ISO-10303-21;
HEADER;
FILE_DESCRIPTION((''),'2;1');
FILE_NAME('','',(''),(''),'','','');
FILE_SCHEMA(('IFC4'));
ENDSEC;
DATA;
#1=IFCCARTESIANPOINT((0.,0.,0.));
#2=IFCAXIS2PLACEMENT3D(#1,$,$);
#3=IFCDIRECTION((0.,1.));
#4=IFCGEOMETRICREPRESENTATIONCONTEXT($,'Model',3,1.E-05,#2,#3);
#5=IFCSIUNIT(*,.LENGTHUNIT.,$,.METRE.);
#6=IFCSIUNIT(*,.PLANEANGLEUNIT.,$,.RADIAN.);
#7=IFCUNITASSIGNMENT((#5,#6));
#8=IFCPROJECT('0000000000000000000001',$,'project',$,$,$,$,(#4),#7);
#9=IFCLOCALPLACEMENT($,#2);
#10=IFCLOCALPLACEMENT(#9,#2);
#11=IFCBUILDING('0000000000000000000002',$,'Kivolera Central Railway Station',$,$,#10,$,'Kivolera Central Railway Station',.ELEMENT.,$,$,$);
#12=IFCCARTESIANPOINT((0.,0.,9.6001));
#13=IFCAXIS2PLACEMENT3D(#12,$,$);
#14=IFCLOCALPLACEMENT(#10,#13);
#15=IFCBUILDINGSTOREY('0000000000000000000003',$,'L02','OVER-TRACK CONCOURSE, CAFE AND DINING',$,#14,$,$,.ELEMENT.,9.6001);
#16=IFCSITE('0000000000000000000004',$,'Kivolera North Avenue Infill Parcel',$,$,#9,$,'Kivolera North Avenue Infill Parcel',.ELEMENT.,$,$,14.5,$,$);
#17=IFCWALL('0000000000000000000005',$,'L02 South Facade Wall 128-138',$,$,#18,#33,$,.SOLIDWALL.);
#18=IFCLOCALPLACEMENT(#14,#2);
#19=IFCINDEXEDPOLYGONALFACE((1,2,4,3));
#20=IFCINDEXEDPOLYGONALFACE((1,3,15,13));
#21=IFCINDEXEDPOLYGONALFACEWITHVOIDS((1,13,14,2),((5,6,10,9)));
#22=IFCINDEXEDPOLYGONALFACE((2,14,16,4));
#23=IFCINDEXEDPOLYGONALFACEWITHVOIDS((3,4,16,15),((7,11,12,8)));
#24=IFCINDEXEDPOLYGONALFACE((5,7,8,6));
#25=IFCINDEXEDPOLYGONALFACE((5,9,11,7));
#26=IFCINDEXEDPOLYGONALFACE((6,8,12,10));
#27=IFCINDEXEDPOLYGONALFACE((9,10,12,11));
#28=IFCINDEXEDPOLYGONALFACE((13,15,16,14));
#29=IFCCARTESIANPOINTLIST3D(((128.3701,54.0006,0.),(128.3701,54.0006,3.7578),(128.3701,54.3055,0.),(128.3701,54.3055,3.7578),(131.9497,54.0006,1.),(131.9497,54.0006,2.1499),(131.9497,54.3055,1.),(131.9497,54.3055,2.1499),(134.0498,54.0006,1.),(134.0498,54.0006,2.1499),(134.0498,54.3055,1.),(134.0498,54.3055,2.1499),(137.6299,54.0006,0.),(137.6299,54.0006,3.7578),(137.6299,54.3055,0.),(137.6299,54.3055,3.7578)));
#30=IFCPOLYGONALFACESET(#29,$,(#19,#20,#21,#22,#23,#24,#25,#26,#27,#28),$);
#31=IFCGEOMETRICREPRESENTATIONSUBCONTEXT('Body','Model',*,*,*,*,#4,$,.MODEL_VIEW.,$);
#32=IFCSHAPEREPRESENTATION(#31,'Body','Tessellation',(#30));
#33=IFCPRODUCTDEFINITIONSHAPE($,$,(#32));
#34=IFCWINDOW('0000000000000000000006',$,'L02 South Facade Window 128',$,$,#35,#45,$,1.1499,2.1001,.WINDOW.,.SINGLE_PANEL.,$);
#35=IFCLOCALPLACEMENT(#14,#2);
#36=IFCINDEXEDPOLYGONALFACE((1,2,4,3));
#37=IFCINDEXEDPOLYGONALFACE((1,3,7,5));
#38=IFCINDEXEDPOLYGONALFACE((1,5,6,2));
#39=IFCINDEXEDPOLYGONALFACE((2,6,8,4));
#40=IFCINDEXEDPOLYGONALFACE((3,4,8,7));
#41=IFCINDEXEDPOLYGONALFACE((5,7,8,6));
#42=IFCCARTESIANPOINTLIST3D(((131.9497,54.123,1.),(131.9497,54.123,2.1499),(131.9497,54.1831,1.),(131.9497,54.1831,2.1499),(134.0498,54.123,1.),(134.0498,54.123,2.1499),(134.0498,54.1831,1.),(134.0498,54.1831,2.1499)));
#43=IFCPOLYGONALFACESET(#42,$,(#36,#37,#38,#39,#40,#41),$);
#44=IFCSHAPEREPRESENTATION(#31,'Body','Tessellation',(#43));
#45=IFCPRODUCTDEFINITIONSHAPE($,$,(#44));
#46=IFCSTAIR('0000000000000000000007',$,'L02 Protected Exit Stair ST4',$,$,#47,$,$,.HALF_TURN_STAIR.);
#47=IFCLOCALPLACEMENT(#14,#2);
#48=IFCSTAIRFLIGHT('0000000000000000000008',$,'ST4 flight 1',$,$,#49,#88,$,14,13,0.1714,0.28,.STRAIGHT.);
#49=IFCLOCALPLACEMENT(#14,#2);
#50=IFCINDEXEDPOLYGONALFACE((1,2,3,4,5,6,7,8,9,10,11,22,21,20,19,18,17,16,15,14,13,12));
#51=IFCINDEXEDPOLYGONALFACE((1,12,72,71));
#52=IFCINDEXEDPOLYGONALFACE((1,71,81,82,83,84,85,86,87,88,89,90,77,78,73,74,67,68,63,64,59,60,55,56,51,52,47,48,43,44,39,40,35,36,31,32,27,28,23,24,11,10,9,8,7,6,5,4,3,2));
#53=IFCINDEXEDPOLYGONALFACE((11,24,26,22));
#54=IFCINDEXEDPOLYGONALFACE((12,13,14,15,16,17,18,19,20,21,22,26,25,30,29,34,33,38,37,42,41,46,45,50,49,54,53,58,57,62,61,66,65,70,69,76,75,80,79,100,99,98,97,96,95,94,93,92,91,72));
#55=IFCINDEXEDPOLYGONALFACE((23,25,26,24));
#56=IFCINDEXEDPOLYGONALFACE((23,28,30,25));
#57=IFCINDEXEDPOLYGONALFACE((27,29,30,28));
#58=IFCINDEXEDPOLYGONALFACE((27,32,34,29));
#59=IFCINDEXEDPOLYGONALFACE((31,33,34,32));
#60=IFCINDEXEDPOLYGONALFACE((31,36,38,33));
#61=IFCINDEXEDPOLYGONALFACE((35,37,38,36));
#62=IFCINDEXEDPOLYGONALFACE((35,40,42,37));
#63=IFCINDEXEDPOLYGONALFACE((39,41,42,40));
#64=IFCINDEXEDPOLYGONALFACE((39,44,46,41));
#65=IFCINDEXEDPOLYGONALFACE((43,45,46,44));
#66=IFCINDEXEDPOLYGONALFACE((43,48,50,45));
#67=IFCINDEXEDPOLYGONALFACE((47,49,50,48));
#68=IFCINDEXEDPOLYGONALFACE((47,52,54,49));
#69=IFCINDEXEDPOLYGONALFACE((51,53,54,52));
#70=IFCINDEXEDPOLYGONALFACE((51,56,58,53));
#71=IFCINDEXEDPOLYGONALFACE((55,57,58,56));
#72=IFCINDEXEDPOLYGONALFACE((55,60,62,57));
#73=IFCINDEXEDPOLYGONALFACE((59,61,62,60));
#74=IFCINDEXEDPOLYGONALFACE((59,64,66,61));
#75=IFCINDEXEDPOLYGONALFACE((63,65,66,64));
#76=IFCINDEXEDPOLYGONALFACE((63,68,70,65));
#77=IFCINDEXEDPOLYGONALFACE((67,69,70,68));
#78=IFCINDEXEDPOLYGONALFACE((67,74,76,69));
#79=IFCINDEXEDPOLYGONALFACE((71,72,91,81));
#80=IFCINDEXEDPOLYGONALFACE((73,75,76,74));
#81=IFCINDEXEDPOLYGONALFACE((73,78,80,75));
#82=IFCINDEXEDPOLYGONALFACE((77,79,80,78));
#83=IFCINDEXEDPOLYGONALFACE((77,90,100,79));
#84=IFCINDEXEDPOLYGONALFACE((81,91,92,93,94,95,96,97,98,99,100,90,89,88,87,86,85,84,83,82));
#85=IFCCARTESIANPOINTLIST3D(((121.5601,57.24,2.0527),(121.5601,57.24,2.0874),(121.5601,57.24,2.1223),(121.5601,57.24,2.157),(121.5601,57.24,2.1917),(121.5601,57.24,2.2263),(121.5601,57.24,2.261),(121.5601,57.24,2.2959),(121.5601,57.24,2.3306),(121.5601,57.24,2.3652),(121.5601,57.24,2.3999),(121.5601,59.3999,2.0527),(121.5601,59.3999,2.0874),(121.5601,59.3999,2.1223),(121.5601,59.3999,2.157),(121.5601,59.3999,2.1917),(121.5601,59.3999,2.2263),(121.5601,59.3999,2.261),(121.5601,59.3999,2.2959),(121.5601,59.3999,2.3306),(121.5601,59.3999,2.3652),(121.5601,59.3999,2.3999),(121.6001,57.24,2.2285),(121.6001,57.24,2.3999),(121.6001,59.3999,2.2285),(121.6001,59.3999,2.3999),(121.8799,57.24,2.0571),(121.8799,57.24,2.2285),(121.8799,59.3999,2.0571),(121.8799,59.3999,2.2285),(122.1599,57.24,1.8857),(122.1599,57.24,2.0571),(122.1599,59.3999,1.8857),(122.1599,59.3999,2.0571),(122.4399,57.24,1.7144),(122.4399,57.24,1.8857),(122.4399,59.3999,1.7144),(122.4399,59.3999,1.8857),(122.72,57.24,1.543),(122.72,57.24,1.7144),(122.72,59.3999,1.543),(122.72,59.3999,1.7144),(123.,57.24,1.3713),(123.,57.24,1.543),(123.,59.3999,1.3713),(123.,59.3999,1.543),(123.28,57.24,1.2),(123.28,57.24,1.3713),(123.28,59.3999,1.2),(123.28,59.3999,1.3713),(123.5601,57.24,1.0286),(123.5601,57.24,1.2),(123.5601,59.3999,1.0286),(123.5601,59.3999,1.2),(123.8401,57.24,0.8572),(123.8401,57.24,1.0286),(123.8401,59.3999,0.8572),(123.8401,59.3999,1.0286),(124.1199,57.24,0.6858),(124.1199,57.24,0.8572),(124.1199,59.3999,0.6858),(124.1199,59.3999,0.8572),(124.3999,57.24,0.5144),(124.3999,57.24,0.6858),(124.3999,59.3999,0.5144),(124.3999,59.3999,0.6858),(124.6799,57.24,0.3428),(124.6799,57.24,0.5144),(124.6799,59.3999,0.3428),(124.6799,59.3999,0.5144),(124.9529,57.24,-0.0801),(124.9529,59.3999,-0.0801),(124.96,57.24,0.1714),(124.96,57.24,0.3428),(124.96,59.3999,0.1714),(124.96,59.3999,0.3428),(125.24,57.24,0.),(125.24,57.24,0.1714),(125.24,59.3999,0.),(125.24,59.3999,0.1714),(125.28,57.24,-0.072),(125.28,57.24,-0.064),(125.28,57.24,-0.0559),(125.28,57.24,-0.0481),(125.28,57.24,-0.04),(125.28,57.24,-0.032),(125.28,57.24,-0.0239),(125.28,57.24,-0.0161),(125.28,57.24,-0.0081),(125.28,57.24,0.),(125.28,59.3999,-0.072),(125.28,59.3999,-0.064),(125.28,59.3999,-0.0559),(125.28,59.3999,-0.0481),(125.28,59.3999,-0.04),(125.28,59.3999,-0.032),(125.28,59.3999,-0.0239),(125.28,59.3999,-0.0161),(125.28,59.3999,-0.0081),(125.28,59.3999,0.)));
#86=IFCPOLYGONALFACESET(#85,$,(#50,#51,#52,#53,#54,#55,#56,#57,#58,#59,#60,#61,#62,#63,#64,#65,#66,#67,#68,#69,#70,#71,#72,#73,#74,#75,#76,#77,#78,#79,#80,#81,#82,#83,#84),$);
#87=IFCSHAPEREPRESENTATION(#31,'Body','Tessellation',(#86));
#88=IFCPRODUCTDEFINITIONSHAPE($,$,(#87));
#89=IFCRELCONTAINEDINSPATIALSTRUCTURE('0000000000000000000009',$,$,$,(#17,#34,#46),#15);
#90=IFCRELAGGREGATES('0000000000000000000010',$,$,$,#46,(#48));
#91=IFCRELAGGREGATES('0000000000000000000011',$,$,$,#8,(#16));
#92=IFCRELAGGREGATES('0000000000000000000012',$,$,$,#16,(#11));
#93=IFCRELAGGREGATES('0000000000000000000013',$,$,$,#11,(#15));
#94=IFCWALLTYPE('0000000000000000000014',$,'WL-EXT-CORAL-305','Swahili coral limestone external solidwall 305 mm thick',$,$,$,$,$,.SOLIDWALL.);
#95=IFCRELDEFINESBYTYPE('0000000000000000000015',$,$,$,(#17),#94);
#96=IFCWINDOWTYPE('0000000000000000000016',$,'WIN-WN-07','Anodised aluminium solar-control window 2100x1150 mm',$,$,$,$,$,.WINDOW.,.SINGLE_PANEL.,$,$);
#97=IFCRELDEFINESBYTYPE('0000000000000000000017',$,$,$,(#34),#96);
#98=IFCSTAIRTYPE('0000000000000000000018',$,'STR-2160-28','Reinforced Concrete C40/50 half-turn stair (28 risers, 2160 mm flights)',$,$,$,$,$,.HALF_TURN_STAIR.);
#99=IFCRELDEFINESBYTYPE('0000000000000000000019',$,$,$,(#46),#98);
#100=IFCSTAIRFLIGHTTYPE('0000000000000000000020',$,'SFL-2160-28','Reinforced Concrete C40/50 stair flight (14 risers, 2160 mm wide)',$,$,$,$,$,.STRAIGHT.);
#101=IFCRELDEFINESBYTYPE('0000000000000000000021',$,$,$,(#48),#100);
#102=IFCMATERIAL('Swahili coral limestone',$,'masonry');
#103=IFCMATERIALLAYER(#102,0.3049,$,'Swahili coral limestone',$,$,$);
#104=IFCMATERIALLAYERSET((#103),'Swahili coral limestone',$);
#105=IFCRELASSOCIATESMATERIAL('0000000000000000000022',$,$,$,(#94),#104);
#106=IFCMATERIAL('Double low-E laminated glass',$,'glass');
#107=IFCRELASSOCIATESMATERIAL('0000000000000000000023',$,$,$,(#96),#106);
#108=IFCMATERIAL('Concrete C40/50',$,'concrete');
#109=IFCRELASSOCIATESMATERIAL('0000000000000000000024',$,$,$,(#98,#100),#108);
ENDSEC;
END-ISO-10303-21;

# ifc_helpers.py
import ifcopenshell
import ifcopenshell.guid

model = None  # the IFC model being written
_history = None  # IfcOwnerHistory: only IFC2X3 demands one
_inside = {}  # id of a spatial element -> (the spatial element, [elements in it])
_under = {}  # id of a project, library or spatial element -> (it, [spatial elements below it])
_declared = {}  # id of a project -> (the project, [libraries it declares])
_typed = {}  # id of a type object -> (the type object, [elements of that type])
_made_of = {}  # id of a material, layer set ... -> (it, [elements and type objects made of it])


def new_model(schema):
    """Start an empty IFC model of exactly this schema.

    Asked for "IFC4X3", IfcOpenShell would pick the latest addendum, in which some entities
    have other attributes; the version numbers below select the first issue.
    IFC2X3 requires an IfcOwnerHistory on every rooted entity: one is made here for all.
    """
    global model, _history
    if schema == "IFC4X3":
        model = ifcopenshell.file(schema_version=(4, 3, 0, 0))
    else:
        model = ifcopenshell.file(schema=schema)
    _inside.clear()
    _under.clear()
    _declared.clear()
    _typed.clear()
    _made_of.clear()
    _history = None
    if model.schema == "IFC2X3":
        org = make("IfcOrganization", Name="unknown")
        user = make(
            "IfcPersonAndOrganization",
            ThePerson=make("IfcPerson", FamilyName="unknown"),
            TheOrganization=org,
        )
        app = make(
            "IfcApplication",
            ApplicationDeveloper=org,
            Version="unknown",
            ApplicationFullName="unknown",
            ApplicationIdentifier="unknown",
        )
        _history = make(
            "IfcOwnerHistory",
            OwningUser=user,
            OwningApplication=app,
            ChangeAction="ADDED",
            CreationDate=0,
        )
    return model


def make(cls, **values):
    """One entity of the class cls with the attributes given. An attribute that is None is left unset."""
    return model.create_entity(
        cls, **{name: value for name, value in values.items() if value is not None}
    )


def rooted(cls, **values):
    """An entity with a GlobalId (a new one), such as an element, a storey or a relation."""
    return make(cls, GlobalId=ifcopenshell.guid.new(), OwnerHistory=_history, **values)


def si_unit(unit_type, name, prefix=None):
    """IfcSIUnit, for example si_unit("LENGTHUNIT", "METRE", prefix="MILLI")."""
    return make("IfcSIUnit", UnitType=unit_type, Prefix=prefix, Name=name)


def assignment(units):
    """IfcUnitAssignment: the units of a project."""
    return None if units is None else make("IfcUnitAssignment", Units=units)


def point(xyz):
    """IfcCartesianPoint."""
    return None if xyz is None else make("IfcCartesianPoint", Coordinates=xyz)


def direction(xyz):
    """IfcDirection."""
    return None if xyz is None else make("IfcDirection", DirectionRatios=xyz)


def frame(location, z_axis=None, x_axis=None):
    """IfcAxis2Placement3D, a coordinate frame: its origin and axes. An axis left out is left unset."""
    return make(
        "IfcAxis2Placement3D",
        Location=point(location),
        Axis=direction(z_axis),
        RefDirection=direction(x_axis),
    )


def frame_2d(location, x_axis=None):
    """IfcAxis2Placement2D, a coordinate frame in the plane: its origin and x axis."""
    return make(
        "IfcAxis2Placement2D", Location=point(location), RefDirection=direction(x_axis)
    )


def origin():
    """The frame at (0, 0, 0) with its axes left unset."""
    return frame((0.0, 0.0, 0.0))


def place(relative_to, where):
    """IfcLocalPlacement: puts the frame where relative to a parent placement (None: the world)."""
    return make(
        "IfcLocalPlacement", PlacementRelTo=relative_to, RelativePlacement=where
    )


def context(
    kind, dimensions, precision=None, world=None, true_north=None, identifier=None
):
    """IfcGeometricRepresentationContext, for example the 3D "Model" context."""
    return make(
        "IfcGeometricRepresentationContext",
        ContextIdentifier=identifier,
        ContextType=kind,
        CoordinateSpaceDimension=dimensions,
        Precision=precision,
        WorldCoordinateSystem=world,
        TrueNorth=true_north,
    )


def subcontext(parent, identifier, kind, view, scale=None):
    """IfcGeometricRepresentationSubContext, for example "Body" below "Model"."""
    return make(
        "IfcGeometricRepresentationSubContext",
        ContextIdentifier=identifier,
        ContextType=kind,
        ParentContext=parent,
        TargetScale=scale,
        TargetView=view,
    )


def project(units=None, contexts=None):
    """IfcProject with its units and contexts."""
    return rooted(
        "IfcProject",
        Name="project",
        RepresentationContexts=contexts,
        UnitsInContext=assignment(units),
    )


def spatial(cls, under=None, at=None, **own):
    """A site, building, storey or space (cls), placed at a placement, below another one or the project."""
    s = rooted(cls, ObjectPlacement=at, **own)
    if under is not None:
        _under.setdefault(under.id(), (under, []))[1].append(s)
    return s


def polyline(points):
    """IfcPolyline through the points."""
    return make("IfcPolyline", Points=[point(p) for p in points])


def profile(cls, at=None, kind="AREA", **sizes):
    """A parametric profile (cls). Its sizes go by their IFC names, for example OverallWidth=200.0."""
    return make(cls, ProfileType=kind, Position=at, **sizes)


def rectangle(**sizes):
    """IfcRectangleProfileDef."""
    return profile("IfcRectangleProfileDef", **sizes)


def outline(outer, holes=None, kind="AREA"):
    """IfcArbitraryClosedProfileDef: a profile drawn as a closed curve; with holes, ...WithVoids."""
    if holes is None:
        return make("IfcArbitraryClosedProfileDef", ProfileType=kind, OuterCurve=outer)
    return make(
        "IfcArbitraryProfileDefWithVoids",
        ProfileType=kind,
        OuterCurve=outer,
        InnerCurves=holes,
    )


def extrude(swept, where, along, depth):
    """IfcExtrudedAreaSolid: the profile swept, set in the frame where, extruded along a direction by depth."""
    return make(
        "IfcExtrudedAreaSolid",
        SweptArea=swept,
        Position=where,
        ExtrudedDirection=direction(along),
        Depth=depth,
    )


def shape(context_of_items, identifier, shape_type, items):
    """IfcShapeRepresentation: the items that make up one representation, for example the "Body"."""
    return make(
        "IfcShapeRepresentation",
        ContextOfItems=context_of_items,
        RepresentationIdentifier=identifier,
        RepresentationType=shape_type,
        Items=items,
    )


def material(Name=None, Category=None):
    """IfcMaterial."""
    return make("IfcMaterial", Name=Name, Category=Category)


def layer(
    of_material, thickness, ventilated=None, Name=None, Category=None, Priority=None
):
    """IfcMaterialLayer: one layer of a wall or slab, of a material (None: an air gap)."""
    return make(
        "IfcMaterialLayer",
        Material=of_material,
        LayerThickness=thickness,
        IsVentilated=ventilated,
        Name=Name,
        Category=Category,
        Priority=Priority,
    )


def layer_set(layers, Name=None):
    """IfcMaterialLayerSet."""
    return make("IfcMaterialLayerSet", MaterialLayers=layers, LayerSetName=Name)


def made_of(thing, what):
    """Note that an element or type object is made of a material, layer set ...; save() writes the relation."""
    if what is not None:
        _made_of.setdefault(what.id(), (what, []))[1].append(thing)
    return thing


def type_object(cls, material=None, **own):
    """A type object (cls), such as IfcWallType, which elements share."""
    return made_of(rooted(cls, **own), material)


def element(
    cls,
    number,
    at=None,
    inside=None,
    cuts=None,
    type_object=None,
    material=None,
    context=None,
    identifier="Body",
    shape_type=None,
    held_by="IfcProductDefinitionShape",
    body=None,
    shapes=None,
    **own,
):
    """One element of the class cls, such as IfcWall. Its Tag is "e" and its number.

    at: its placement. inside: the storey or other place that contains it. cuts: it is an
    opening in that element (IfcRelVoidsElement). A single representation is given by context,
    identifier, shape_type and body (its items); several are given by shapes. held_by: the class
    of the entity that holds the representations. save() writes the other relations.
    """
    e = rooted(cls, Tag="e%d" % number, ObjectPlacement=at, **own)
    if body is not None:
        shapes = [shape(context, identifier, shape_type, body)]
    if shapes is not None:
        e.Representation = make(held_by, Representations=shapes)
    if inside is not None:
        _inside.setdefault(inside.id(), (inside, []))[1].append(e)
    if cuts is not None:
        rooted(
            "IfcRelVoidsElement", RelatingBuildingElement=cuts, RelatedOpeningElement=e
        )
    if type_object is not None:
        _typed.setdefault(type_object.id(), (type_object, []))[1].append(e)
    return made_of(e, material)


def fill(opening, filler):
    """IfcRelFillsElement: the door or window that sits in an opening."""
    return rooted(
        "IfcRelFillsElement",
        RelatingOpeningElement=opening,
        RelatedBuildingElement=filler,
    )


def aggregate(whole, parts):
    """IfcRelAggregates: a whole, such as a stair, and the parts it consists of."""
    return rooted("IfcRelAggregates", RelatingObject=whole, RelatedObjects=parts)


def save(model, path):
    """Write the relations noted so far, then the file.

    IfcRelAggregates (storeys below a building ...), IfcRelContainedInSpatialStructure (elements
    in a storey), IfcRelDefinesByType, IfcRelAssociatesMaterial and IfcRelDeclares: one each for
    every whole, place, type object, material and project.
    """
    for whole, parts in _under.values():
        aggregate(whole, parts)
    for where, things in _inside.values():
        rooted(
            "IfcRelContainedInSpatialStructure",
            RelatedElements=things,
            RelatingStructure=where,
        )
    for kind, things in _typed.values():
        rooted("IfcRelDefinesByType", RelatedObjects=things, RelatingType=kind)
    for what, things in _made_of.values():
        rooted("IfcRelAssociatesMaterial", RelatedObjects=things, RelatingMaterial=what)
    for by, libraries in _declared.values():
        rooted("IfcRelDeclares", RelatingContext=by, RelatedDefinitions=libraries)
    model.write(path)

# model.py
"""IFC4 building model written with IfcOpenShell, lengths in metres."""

from ifc_helpers import new_model, si_unit, direction, frame, frame_2d, origin, place, context, subcontext, project, spatial, polyline, rectangle, outline, extrude, material, layer, layer_set, type_object, element, fill, aggregate, save


model = new_model("IFC4")

# Units and contexts
model_context = context("Model", 3, precision=1e-05, world=origin(), true_north=direction((0.0, 1.0)))
body_context = subcontext(model_context, "Body", "Model", "MODEL_VIEW")
ifc_project = project(units=[si_unit("LENGTHUNIT", "METRE"), si_unit("PLANEANGLEUNIT", "RADIAN")], contexts=[model_context])

# Site, building, storey
site_placement = place(None, origin())
site = spatial("IfcSite", under=ifc_project, at=site_placement, Name="Kivolera North Avenue Infill Parcel", LongName="Kivolera North Avenue Infill Parcel", CompositionType="ELEMENT", RefElevation=14.5)
building_placement = place(site_placement, origin())
building = spatial("IfcBuilding", under=site, at=building_placement, Name="Kivolera Central Railway Station", LongName="Kivolera Central Railway Station", CompositionType="ELEMENT")
storey_placement = place(building_placement, frame((0.0, 0.0, 9.6001)))
storey = spatial("IfcBuildingStorey", under=building, at=storey_placement, Name="L02", Description="OVER-TRACK CONCOURSE, CAFE AND DINING", CompositionType="ELEMENT", Elevation=9.6001)

# Shared definitions
ifc_material_1 = material(Name="Concrete C40/50", Category="concrete")

# Shared definitions
ifc_material_2 = material(Name="Double low-E laminated glass", Category="glass")

# Shared definitions
ifc_material_3 = material(Name="Swahili coral limestone", Category="masonry")

# Shared definitions
ifc_layer_1 = layer(ifc_material_3, 0.3049, Name="Swahili coral limestone")
ifc_layer_set_1 = layer_set([ifc_layer_1], Name="Swahili coral limestone")
wall_type_1 = type_object("IfcWallType", Name="WL-EXT-CORAL-305", Description="Swahili coral limestone external solidwall 305 mm thick", PredefinedType="SOLIDWALL", material=ifc_layer_set_1)

# Wall, opening, window
wall_1_placement = place(storey_placement, frame((137.6299, 54.1531, 0.0), z_axis=(0.0, 0.0, 1.0), x_axis=(-1.0, 0.0, 0.0)))
wall_1 = element("IfcWall", 1, at=wall_1_placement, inside=storey, type_object=wall_type_1, Name="L02 South Facade Wall 128-138", PredefinedType="SOLIDWALL", context=body_context, shape_type="SweptSolid", body=[
    extrude(rectangle(XDim=9.2598, YDim=0.3049, at=frame_2d((4.6299, 0.0))), origin(), (0.0, 0.0, 1.0), 3.7578),
])
opening_1_placement = place(wall_1_placement, frame((3.5801, 0.0, 1.0)))
opening_1 = element("IfcOpeningElement", 2, at=opening_1_placement, cuts=wall_1, PredefinedType="OPENING", context=body_context, shape_type="SweptSolid", body=[
    extrude(rectangle(XDim=2.1001, YDim=1.1499, at=frame_2d((1.05, 0.575))), frame((0.0, 0.1624, 0.0), z_axis=(0.0, -1.0, 0.0), x_axis=(1.0, 0.0, 0.0)), (0.0, 0.0, 1.0), 0.325),
])
window_type = type_object("IfcWindowType", Name="WIN-WN-07", Description="Anodised aluminium solar-control window 2100x1150 mm", PartitioningType="SINGLE_PANEL", PredefinedType="WINDOW", material=ifc_material_2)
window_placement = place(opening_1_placement, origin())
window = element("IfcWindow", 3, at=window_placement, inside=storey, type_object=window_type, Name="L02 South Facade Window 128", OverallHeight=1.1499, OverallWidth=2.1001, PartitioningType="SINGLE_PANEL", PredefinedType="WINDOW", context=body_context, shape_type="SweptSolid", body=[
    extrude(rectangle(XDim=2.1001, YDim=1.1499, at=frame_2d((1.05, 0.575))), frame((0.0, 0.03, 0.0), z_axis=(0.0, -1.0, 0.0), x_axis=(1.0, 0.0, 0.0)), (0.0, 0.0, 1.0), 0.0601),
])
fill(opening_1, window)

# Stair, stair flight
stair_type = type_object("IfcStairType", Name="STR-2160-28", Description="Reinforced Concrete C40/50 half-turn stair (28 risers, 2160 mm flights)", PredefinedType="HALF_TURN_STAIR", material=ifc_material_1)
stair_placement = place(storey_placement, origin())
stair = element("IfcStair", 4, at=stair_placement, inside=storey, type_object=stair_type, Name="L02 Protected Exit Stair ST4", PredefinedType="HALF_TURN_STAIR")
stair_flight_type = type_object("IfcStairFlightType", Name="SFL-2160-28", Description="Reinforced Concrete C40/50 stair flight (14 risers, 2160 mm wide)", PredefinedType="STRAIGHT", material=ifc_material_1)
stair_flight_placement = place(storey_placement, frame((125.24, 58.3201, 0.0), z_axis=(0.0, 0.0, 1.0), x_axis=(-1.0, 0.0, 0.0)))
stair_flight = element("IfcStairFlight", 5, at=stair_flight_placement, type_object=stair_flight_type, Name="ST4 flight 1", NumberOfRisers=14, NumberOfTreads=13, PredefinedType="STRAIGHT", RiserHeight=0.1714, TreadLength=0.28, context=body_context, shape_type="SweptSolid", body=[
    extrude(outline(polyline([(-0.04, 0.0), (0.0, 0.0), (0.0, 0.1714), (0.28, 0.1714), (0.28, 0.3428), (0.5601, 0.3428), (0.5601, 0.5144), (0.8401, 0.5144), (0.8401, 0.6858), (1.1201, 0.6858), (1.1201, 0.8572), (1.3999, 0.8572), (1.3999, 1.0286), (1.6799, 1.0286), (1.6799, 1.2), (1.96, 1.2), (1.96, 1.3713), (2.24, 1.3713), (2.24, 1.543), (2.52, 1.543), (2.52, 1.7144), (2.8, 1.7144), (2.8, 1.8857), (3.0801, 1.8857), (3.0801, 2.0571), (3.3601, 2.0571), (3.3601, 2.2285), (3.6399, 2.2285), (3.6399, 2.3999), (3.6799, 2.3999), (3.6799, 2.3652), (3.6799, 2.3306), (3.6799, 2.2959), (3.6799, 2.261), (3.6799, 2.2263), (3.6799, 2.1917), (3.6799, 2.157), (3.6799, 2.1223), (3.6799, 2.0874), (3.6799, 2.0527), (0.2871, -0.0801), (-0.04, -0.072), (-0.04, -0.064), (-0.04, -0.0559), (-0.04, -0.0481), (-0.04, -0.04), (-0.04, -0.032), (-0.04, -0.0239), (-0.04, -0.0161), (-0.04, -0.0081), (-0.04, 0.0)])), frame((0.0, 1.0801, 0.0), z_axis=(0.0, -1.0, 0.0), x_axis=(1.0, 0.0, 0.0)), (0.0, 0.0, 1.0), 2.1599),
])
aggregate(stair, [stair_flight])

save(model, "model.ifc")
